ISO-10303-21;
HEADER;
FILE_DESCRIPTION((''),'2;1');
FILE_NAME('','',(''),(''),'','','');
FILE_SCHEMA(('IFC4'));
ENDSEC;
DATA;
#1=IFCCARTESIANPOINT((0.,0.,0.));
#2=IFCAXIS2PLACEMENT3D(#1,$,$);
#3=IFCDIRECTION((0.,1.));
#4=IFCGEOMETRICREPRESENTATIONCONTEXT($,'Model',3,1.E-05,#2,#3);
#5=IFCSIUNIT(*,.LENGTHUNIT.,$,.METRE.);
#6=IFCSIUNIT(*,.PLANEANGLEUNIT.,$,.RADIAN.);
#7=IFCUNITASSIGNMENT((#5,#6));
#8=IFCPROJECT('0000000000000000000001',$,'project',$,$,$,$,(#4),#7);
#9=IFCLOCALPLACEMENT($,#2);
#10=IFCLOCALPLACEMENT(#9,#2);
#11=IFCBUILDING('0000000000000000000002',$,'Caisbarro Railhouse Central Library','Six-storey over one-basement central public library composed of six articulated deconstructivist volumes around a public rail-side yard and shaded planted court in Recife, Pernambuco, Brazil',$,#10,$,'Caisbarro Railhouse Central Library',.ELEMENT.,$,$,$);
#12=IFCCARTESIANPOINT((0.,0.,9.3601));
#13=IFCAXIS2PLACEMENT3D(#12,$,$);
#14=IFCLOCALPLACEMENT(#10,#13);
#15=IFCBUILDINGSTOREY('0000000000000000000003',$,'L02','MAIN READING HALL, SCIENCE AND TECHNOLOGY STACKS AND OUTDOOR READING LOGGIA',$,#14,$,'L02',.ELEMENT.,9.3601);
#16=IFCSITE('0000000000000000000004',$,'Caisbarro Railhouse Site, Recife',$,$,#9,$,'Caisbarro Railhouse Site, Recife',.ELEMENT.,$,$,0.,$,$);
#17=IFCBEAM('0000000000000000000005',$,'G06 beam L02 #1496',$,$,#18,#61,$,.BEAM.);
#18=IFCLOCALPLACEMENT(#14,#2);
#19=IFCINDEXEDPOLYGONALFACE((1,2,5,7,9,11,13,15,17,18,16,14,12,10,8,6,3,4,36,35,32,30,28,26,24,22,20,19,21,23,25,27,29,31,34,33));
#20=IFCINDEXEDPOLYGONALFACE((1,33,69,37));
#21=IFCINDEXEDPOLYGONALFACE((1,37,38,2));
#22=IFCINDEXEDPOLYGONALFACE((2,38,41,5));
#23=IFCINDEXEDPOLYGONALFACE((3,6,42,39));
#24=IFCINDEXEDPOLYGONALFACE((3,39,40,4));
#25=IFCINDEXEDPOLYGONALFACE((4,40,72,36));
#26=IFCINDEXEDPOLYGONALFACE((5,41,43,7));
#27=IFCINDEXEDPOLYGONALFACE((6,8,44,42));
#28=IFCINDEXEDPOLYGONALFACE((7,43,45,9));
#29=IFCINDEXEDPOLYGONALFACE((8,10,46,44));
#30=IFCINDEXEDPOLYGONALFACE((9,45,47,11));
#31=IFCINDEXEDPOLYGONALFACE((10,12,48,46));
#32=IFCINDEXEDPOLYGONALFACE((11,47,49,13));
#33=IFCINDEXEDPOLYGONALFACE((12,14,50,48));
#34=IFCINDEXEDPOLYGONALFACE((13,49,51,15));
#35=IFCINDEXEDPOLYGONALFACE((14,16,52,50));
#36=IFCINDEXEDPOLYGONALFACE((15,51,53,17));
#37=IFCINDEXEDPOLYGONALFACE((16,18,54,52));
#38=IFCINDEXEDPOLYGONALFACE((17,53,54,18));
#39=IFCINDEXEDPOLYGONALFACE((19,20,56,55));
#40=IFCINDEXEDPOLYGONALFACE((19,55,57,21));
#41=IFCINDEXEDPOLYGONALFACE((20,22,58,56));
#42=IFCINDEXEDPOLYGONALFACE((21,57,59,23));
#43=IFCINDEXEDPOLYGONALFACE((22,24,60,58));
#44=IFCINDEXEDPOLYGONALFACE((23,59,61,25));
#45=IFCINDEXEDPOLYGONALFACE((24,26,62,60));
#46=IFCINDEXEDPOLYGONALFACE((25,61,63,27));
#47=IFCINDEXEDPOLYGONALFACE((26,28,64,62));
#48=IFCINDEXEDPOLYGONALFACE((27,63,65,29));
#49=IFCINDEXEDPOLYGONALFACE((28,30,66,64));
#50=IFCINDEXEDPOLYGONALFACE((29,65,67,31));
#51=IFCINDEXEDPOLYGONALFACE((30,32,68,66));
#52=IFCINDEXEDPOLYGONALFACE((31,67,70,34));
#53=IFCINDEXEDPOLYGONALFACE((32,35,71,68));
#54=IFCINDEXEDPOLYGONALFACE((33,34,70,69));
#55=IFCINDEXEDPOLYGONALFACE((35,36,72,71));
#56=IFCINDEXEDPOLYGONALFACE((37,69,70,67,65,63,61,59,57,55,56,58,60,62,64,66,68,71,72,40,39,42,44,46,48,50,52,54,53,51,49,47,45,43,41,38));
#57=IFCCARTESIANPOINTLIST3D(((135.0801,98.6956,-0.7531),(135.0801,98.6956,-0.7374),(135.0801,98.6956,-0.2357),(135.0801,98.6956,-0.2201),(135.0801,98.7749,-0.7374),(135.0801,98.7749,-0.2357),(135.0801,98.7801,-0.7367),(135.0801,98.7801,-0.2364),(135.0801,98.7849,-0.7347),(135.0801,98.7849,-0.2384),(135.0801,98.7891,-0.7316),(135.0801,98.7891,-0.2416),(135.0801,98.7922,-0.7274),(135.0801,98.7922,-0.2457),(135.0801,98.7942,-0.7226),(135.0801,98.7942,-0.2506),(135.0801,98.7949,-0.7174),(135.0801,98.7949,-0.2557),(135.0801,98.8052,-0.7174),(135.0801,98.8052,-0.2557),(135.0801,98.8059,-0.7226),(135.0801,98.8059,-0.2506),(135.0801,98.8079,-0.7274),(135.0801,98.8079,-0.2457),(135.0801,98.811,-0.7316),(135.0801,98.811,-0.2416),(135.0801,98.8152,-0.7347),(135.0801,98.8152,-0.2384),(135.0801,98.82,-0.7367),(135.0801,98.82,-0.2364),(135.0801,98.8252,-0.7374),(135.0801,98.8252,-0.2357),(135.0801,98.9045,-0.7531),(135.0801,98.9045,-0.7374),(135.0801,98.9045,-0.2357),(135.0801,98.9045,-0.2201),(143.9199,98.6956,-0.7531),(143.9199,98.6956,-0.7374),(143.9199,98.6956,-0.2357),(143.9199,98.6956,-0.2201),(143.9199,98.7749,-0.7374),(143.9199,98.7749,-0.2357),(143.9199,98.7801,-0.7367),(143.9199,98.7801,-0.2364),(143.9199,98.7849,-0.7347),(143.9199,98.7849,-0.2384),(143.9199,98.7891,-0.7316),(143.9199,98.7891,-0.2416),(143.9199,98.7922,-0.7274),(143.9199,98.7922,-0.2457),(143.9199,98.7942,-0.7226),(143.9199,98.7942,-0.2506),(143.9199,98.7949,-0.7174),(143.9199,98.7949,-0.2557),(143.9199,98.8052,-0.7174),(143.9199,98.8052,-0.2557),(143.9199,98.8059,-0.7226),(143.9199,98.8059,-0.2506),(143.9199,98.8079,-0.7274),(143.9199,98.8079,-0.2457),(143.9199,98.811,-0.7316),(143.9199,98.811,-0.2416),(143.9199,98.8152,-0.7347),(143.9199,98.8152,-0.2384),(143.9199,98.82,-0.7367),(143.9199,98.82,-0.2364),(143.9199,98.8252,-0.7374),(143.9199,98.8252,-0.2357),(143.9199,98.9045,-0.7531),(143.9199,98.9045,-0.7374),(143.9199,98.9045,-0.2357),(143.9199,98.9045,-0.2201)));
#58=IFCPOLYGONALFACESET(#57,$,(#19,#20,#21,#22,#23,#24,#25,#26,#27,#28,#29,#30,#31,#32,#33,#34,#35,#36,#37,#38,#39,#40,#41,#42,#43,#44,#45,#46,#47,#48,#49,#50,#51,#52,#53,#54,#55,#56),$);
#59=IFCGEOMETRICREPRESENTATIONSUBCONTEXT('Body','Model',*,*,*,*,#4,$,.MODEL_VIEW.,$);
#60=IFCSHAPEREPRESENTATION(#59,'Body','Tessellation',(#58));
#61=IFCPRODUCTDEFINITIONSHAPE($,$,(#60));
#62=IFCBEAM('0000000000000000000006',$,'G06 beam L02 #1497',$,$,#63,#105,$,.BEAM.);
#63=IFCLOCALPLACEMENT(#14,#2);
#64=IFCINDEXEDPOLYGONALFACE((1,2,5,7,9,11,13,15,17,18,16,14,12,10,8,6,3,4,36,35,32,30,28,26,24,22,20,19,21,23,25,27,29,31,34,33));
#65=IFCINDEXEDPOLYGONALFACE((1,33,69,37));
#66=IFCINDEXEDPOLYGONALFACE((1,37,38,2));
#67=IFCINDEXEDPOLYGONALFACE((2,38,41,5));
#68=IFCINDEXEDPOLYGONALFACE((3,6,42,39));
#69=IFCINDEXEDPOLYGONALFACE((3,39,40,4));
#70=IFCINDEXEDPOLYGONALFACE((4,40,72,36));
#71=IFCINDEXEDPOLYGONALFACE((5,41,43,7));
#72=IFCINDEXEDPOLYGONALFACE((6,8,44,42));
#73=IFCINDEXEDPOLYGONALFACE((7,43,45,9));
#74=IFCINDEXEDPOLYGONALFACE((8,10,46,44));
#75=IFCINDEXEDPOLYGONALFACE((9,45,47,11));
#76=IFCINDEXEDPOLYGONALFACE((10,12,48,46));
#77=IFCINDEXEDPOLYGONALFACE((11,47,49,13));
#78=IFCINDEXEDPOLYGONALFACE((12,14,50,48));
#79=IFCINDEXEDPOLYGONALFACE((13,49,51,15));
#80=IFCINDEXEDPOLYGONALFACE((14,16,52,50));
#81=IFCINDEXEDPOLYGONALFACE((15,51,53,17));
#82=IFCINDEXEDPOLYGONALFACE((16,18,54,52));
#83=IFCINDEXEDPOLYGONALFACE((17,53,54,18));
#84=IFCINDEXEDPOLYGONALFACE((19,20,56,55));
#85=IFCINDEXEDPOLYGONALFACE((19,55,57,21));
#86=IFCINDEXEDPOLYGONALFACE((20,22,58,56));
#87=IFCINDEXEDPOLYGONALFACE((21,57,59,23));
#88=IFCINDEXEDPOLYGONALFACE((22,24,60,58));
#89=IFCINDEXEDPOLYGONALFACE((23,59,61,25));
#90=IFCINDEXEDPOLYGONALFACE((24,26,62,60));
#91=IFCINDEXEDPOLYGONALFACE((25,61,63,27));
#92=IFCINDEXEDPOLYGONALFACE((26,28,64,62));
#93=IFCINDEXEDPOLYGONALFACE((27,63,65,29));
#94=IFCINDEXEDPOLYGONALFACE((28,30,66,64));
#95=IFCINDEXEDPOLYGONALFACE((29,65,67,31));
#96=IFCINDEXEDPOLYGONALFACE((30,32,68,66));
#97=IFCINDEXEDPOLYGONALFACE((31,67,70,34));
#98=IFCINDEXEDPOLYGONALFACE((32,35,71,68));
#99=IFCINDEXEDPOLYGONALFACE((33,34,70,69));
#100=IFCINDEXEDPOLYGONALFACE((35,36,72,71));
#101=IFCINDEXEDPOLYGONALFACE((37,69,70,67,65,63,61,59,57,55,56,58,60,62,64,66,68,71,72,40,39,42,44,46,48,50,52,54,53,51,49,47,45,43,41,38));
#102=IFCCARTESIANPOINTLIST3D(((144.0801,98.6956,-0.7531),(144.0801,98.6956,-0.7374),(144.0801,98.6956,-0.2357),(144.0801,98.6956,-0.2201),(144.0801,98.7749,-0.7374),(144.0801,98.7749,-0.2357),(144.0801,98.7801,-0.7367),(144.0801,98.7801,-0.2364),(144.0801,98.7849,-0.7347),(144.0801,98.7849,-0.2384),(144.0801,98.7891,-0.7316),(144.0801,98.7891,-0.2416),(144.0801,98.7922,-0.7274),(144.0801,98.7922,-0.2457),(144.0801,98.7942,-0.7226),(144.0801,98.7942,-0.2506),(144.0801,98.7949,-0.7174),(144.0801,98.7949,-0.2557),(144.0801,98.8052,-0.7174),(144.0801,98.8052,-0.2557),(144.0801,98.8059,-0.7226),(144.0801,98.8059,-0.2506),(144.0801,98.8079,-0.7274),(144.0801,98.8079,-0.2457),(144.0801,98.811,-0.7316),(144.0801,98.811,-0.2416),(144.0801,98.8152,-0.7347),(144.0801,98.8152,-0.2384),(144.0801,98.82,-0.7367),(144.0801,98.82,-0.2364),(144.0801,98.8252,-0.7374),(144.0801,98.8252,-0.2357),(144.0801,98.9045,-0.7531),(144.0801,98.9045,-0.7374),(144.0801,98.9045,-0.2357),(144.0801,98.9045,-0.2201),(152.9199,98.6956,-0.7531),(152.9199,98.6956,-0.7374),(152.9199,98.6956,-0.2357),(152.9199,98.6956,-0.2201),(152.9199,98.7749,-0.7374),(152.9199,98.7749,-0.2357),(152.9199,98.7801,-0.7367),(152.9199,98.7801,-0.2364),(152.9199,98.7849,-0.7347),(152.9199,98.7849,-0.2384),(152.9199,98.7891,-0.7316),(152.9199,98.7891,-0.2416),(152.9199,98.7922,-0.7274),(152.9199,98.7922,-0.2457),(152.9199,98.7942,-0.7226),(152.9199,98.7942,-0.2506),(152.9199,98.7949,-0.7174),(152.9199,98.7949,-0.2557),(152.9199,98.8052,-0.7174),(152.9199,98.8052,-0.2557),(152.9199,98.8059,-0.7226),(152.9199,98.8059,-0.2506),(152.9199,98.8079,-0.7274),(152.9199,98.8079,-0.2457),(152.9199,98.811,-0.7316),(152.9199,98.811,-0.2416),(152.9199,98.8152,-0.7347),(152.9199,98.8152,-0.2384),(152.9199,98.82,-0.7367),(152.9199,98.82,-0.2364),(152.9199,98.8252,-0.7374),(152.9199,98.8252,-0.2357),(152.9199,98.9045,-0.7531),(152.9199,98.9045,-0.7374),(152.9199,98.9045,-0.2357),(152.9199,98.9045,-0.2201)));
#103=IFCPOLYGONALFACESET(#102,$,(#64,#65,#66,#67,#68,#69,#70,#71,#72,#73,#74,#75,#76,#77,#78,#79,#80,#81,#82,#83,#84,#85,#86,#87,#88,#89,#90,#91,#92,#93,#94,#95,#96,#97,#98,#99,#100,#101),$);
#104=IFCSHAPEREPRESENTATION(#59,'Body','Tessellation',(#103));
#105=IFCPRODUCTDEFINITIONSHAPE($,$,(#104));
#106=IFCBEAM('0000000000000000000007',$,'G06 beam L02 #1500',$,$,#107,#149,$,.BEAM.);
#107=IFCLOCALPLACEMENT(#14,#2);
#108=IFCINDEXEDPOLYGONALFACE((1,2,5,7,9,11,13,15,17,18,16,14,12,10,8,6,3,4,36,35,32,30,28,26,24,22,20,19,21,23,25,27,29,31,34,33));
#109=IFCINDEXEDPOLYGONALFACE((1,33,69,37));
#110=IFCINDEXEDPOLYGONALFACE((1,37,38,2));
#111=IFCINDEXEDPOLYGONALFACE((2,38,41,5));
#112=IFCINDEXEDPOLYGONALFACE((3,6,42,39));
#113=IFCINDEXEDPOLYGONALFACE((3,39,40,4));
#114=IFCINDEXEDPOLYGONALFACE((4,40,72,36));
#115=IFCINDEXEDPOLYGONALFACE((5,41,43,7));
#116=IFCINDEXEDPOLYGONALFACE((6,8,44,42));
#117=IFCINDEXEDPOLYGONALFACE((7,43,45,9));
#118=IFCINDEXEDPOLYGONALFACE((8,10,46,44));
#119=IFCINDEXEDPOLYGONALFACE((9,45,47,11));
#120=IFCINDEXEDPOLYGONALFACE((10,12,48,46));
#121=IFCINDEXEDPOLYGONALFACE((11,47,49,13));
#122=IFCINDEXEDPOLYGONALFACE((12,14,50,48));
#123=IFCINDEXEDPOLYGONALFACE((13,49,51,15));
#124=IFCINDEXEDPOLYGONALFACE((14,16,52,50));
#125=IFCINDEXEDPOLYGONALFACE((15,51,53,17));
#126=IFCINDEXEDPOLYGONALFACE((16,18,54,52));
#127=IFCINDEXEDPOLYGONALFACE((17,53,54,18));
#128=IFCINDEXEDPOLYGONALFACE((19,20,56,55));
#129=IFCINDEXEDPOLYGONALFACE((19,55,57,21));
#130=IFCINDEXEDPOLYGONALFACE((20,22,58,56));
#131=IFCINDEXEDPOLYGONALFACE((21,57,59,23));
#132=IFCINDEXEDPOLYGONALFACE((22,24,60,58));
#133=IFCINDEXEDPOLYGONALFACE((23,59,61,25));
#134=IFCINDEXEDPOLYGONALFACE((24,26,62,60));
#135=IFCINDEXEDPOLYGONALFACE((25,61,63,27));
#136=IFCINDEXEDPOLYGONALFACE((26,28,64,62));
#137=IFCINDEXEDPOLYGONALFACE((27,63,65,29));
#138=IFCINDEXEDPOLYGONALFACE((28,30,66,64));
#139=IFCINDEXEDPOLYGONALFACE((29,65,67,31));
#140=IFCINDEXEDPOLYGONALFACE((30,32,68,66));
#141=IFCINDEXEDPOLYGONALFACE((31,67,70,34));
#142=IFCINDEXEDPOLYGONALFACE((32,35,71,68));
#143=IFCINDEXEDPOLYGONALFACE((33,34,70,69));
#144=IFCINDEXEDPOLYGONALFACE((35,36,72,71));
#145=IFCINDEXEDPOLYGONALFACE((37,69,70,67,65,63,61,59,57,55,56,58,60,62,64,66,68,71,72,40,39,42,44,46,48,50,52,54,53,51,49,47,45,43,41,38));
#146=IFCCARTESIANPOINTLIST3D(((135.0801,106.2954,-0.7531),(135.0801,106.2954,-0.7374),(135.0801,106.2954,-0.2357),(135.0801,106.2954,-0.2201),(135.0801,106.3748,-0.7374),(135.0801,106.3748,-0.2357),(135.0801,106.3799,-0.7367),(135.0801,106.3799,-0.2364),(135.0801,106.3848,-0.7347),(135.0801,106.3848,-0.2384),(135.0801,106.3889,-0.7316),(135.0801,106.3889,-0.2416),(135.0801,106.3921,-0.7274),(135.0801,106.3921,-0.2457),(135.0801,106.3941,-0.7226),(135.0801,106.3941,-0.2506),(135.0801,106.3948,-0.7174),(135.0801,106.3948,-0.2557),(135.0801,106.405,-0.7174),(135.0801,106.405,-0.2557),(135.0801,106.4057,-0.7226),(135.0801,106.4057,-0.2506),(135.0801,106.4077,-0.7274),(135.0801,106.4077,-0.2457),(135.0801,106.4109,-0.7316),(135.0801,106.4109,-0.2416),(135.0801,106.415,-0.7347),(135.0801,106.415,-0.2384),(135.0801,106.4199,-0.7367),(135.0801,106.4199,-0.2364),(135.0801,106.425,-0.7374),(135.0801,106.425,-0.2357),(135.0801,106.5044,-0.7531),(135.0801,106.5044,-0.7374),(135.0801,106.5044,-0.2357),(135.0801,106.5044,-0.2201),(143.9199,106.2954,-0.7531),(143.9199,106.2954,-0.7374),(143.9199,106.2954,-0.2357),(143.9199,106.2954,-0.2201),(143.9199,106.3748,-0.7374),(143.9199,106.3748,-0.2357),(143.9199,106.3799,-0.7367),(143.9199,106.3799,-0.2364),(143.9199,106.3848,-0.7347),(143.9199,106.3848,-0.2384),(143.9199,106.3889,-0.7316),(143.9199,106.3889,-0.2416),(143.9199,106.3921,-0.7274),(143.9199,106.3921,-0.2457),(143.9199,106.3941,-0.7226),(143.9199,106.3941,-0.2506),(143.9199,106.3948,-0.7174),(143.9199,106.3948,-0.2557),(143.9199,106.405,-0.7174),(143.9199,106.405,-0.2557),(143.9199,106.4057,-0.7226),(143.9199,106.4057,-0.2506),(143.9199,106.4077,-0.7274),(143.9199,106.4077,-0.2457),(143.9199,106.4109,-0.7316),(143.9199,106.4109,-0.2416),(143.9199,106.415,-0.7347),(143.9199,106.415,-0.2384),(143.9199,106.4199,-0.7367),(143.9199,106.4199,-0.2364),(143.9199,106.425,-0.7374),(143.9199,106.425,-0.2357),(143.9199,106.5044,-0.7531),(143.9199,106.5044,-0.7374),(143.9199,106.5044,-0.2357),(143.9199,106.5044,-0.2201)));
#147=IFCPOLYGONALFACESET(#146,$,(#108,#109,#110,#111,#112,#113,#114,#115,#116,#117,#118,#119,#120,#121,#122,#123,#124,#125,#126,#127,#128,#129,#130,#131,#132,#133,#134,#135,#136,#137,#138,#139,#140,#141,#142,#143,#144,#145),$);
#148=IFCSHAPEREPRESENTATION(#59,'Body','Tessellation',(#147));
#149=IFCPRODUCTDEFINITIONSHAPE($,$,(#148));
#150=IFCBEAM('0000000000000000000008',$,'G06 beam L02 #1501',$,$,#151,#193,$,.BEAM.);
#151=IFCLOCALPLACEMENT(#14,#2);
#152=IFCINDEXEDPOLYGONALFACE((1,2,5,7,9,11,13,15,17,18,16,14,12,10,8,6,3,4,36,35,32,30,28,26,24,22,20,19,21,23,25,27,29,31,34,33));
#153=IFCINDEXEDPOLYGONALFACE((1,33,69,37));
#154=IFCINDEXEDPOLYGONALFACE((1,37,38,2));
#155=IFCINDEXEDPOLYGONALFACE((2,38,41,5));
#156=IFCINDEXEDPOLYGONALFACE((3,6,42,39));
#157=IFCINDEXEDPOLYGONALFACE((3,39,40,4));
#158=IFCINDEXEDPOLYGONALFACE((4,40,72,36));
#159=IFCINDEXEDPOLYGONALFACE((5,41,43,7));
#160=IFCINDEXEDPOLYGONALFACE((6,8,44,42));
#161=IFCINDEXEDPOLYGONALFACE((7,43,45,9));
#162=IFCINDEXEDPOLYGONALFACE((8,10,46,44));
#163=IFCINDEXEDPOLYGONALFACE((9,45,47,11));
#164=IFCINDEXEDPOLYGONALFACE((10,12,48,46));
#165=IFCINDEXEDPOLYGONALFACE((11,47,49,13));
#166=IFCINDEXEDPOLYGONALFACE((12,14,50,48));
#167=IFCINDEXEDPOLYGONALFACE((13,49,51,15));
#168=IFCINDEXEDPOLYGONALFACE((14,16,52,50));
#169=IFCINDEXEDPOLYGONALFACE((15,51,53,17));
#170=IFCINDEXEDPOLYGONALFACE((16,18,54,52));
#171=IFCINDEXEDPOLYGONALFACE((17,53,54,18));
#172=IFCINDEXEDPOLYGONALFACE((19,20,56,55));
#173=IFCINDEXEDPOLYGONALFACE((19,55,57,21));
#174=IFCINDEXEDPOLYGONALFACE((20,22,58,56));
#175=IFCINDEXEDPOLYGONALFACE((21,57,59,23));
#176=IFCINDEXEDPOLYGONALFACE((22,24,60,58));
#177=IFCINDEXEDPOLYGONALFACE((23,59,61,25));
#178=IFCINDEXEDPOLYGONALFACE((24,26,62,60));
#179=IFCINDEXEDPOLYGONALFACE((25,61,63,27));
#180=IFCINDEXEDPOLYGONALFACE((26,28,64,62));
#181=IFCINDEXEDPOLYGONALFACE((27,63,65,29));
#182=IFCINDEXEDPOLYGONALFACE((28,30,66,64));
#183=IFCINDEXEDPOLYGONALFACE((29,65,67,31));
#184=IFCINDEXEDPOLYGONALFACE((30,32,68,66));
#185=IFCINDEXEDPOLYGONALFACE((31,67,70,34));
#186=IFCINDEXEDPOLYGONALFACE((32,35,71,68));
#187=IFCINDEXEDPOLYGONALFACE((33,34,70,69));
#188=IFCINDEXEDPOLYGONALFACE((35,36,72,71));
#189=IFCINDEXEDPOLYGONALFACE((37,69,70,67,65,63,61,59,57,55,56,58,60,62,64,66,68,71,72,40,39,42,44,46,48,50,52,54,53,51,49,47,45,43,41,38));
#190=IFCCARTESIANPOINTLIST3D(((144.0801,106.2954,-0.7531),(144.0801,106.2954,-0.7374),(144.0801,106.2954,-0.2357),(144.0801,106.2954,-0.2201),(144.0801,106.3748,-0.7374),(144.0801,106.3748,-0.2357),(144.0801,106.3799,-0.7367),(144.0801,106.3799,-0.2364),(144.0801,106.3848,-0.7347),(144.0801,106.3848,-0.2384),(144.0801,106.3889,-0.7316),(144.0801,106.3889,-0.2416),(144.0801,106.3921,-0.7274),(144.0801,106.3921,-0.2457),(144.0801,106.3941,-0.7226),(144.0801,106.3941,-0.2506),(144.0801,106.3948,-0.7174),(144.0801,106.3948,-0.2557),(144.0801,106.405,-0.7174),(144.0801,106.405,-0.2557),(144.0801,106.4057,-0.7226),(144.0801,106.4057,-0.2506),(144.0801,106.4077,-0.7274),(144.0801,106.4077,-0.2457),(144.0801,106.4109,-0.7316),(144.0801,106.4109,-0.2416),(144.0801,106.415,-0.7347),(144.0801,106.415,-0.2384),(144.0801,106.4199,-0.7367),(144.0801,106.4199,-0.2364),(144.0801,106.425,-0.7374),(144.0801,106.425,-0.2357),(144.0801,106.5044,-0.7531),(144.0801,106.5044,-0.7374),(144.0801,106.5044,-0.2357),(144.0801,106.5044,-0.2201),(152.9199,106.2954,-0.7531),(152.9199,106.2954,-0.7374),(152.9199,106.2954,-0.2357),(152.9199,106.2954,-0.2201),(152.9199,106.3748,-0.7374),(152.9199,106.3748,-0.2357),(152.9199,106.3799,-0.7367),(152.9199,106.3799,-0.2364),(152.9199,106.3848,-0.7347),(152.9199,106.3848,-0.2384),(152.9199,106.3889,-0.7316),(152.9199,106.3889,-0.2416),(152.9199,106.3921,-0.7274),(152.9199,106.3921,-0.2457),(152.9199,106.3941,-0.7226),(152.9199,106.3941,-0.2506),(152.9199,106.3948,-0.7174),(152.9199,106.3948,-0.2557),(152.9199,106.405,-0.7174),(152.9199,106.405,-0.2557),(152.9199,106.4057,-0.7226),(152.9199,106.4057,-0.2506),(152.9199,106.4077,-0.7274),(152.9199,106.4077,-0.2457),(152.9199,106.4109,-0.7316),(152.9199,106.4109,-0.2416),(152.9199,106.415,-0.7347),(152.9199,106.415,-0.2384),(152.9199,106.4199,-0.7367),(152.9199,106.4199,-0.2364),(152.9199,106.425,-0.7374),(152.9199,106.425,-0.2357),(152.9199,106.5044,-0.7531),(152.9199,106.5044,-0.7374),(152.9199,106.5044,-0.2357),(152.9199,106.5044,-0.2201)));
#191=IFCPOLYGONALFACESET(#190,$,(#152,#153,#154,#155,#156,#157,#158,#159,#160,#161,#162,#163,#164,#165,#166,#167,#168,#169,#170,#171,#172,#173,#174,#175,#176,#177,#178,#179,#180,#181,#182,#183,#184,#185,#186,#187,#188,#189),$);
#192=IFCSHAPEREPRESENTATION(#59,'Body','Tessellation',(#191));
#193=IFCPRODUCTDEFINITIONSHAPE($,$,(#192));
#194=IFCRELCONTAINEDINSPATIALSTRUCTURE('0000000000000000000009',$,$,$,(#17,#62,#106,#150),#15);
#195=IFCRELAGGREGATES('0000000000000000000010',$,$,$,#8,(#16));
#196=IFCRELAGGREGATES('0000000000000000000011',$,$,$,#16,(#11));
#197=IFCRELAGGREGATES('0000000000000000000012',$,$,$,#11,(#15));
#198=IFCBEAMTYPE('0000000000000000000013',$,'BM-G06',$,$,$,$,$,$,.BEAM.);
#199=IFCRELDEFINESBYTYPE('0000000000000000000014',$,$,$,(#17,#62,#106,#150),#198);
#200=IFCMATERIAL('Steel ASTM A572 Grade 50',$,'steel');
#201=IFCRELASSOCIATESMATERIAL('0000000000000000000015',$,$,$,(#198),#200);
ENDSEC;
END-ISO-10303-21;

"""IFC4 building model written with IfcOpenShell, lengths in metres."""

from ifc_helpers import new_model, si_unit, direction, frame, origin, origin_2d, place, context, subcontext, project, spatial, i_section, extrude, material, material_profile, profile_set, type_object, element, save


model = new_model("IFC4")

# Units and contexts
model_context = context("Model", 3, precision=1e-05, world=origin(), true_north=direction((0.0, 1.0)))
body_context = subcontext(model_context, "Body", "Model", "MODEL_VIEW")
ifc_project = project(units=[si_unit("LENGTHUNIT", "METRE"), si_unit("PLANEANGLEUNIT", "RADIAN")], contexts=[model_context])

# Site, building, storey
site_placement = place(None, origin())
site = spatial("IfcSite", under=ifc_project, at=site_placement, Name="Caisbarro Railhouse Site, Recife", LongName="Caisbarro Railhouse Site, Recife", CompositionType="ELEMENT", RefElevation=0.0)
building_placement = place(site_placement, origin())
building = spatial("IfcBuilding", under=site, at=building_placement, Name="Caisbarro Railhouse Central Library", Description="Six-storey over one-basement central public library composed of six articulated deconstructivist volumes around a public rail-side yard and shaded planted court in Recife, Pernambuco, Brazil", LongName="Caisbarro Railhouse Central Library", CompositionType="ELEMENT")
storey_placement = place(building_placement, frame((0.0, 0.0, 9.3601)))
storey = spatial("IfcBuildingStorey", under=building, at=storey_placement, Name="L02", Description="MAIN READING HALL, SCIENCE AND TECHNOLOGY STACKS AND OUTDOOR READING LOGGIA", LongName="L02", CompositionType="ELEMENT", Elevation=9.3601)

# Shared definitions
ifc_material_1 = material(Name="Steel ASTM A572 Grade 50", Category="steel")

# Beams
ifc_material_profile_1 = material_profile(ifc_material_1, i_section(OverallWidth=0.209, OverallDepth=0.533, WebThickness=0.0103, FlangeThickness=0.0156, FilletRadius=0.02, at=origin_2d()), Name="W530X92.0")
ifc_profile_set_1 = profile_set([ifc_material_profile_1], Name="Steel ASTM A572 Grade 50")
beam_type_1 = type_object("IfcBeamType", Name="BM-G06", PredefinedType="BEAM", material=ifc_profile_set_1)
for number, where, z_axis, x_axis, name in (
    (1, (135.0801, 98.8, -0.4866), (1.0, 0.0, 0.0), (0.0, 1.0, 0.0), "G06 beam L02 #1496"),
    (2, (144.0801, 98.8, -0.4866), (1.0, 0.0, 0.0), (0.0, 1.0, 0.0), "G06 beam L02 #1497"),
    (3, (135.0801, 106.3999, -0.4866), (1.0, 0.0, 0.0), (0.0, 1.0, 0.0), "G06 beam L02 #1500"),
    (4, (144.0801, 106.3999, -0.4866), (1.0, 0.0, 0.0), (0.0, 1.0, 0.0), "G06 beam L02 #1501"),
):
    element("IfcBeam", number, at=place(storey_placement, frame(where, z_axis=z_axis, x_axis=x_axis)), inside=storey, type_object=beam_type_1, Name=name, PredefinedType="BEAM", context=body_context, shape_type="SweptSolid", body=[
        extrude(i_section(OverallWidth=0.209, OverallDepth=0.533, WebThickness=0.0103, FlangeThickness=0.0156, FilletRadius=0.02, at=origin_2d()), origin(), (0.0, 0.0, 1.0), 8.8398),
    ])

save(model, "model.ifc")
